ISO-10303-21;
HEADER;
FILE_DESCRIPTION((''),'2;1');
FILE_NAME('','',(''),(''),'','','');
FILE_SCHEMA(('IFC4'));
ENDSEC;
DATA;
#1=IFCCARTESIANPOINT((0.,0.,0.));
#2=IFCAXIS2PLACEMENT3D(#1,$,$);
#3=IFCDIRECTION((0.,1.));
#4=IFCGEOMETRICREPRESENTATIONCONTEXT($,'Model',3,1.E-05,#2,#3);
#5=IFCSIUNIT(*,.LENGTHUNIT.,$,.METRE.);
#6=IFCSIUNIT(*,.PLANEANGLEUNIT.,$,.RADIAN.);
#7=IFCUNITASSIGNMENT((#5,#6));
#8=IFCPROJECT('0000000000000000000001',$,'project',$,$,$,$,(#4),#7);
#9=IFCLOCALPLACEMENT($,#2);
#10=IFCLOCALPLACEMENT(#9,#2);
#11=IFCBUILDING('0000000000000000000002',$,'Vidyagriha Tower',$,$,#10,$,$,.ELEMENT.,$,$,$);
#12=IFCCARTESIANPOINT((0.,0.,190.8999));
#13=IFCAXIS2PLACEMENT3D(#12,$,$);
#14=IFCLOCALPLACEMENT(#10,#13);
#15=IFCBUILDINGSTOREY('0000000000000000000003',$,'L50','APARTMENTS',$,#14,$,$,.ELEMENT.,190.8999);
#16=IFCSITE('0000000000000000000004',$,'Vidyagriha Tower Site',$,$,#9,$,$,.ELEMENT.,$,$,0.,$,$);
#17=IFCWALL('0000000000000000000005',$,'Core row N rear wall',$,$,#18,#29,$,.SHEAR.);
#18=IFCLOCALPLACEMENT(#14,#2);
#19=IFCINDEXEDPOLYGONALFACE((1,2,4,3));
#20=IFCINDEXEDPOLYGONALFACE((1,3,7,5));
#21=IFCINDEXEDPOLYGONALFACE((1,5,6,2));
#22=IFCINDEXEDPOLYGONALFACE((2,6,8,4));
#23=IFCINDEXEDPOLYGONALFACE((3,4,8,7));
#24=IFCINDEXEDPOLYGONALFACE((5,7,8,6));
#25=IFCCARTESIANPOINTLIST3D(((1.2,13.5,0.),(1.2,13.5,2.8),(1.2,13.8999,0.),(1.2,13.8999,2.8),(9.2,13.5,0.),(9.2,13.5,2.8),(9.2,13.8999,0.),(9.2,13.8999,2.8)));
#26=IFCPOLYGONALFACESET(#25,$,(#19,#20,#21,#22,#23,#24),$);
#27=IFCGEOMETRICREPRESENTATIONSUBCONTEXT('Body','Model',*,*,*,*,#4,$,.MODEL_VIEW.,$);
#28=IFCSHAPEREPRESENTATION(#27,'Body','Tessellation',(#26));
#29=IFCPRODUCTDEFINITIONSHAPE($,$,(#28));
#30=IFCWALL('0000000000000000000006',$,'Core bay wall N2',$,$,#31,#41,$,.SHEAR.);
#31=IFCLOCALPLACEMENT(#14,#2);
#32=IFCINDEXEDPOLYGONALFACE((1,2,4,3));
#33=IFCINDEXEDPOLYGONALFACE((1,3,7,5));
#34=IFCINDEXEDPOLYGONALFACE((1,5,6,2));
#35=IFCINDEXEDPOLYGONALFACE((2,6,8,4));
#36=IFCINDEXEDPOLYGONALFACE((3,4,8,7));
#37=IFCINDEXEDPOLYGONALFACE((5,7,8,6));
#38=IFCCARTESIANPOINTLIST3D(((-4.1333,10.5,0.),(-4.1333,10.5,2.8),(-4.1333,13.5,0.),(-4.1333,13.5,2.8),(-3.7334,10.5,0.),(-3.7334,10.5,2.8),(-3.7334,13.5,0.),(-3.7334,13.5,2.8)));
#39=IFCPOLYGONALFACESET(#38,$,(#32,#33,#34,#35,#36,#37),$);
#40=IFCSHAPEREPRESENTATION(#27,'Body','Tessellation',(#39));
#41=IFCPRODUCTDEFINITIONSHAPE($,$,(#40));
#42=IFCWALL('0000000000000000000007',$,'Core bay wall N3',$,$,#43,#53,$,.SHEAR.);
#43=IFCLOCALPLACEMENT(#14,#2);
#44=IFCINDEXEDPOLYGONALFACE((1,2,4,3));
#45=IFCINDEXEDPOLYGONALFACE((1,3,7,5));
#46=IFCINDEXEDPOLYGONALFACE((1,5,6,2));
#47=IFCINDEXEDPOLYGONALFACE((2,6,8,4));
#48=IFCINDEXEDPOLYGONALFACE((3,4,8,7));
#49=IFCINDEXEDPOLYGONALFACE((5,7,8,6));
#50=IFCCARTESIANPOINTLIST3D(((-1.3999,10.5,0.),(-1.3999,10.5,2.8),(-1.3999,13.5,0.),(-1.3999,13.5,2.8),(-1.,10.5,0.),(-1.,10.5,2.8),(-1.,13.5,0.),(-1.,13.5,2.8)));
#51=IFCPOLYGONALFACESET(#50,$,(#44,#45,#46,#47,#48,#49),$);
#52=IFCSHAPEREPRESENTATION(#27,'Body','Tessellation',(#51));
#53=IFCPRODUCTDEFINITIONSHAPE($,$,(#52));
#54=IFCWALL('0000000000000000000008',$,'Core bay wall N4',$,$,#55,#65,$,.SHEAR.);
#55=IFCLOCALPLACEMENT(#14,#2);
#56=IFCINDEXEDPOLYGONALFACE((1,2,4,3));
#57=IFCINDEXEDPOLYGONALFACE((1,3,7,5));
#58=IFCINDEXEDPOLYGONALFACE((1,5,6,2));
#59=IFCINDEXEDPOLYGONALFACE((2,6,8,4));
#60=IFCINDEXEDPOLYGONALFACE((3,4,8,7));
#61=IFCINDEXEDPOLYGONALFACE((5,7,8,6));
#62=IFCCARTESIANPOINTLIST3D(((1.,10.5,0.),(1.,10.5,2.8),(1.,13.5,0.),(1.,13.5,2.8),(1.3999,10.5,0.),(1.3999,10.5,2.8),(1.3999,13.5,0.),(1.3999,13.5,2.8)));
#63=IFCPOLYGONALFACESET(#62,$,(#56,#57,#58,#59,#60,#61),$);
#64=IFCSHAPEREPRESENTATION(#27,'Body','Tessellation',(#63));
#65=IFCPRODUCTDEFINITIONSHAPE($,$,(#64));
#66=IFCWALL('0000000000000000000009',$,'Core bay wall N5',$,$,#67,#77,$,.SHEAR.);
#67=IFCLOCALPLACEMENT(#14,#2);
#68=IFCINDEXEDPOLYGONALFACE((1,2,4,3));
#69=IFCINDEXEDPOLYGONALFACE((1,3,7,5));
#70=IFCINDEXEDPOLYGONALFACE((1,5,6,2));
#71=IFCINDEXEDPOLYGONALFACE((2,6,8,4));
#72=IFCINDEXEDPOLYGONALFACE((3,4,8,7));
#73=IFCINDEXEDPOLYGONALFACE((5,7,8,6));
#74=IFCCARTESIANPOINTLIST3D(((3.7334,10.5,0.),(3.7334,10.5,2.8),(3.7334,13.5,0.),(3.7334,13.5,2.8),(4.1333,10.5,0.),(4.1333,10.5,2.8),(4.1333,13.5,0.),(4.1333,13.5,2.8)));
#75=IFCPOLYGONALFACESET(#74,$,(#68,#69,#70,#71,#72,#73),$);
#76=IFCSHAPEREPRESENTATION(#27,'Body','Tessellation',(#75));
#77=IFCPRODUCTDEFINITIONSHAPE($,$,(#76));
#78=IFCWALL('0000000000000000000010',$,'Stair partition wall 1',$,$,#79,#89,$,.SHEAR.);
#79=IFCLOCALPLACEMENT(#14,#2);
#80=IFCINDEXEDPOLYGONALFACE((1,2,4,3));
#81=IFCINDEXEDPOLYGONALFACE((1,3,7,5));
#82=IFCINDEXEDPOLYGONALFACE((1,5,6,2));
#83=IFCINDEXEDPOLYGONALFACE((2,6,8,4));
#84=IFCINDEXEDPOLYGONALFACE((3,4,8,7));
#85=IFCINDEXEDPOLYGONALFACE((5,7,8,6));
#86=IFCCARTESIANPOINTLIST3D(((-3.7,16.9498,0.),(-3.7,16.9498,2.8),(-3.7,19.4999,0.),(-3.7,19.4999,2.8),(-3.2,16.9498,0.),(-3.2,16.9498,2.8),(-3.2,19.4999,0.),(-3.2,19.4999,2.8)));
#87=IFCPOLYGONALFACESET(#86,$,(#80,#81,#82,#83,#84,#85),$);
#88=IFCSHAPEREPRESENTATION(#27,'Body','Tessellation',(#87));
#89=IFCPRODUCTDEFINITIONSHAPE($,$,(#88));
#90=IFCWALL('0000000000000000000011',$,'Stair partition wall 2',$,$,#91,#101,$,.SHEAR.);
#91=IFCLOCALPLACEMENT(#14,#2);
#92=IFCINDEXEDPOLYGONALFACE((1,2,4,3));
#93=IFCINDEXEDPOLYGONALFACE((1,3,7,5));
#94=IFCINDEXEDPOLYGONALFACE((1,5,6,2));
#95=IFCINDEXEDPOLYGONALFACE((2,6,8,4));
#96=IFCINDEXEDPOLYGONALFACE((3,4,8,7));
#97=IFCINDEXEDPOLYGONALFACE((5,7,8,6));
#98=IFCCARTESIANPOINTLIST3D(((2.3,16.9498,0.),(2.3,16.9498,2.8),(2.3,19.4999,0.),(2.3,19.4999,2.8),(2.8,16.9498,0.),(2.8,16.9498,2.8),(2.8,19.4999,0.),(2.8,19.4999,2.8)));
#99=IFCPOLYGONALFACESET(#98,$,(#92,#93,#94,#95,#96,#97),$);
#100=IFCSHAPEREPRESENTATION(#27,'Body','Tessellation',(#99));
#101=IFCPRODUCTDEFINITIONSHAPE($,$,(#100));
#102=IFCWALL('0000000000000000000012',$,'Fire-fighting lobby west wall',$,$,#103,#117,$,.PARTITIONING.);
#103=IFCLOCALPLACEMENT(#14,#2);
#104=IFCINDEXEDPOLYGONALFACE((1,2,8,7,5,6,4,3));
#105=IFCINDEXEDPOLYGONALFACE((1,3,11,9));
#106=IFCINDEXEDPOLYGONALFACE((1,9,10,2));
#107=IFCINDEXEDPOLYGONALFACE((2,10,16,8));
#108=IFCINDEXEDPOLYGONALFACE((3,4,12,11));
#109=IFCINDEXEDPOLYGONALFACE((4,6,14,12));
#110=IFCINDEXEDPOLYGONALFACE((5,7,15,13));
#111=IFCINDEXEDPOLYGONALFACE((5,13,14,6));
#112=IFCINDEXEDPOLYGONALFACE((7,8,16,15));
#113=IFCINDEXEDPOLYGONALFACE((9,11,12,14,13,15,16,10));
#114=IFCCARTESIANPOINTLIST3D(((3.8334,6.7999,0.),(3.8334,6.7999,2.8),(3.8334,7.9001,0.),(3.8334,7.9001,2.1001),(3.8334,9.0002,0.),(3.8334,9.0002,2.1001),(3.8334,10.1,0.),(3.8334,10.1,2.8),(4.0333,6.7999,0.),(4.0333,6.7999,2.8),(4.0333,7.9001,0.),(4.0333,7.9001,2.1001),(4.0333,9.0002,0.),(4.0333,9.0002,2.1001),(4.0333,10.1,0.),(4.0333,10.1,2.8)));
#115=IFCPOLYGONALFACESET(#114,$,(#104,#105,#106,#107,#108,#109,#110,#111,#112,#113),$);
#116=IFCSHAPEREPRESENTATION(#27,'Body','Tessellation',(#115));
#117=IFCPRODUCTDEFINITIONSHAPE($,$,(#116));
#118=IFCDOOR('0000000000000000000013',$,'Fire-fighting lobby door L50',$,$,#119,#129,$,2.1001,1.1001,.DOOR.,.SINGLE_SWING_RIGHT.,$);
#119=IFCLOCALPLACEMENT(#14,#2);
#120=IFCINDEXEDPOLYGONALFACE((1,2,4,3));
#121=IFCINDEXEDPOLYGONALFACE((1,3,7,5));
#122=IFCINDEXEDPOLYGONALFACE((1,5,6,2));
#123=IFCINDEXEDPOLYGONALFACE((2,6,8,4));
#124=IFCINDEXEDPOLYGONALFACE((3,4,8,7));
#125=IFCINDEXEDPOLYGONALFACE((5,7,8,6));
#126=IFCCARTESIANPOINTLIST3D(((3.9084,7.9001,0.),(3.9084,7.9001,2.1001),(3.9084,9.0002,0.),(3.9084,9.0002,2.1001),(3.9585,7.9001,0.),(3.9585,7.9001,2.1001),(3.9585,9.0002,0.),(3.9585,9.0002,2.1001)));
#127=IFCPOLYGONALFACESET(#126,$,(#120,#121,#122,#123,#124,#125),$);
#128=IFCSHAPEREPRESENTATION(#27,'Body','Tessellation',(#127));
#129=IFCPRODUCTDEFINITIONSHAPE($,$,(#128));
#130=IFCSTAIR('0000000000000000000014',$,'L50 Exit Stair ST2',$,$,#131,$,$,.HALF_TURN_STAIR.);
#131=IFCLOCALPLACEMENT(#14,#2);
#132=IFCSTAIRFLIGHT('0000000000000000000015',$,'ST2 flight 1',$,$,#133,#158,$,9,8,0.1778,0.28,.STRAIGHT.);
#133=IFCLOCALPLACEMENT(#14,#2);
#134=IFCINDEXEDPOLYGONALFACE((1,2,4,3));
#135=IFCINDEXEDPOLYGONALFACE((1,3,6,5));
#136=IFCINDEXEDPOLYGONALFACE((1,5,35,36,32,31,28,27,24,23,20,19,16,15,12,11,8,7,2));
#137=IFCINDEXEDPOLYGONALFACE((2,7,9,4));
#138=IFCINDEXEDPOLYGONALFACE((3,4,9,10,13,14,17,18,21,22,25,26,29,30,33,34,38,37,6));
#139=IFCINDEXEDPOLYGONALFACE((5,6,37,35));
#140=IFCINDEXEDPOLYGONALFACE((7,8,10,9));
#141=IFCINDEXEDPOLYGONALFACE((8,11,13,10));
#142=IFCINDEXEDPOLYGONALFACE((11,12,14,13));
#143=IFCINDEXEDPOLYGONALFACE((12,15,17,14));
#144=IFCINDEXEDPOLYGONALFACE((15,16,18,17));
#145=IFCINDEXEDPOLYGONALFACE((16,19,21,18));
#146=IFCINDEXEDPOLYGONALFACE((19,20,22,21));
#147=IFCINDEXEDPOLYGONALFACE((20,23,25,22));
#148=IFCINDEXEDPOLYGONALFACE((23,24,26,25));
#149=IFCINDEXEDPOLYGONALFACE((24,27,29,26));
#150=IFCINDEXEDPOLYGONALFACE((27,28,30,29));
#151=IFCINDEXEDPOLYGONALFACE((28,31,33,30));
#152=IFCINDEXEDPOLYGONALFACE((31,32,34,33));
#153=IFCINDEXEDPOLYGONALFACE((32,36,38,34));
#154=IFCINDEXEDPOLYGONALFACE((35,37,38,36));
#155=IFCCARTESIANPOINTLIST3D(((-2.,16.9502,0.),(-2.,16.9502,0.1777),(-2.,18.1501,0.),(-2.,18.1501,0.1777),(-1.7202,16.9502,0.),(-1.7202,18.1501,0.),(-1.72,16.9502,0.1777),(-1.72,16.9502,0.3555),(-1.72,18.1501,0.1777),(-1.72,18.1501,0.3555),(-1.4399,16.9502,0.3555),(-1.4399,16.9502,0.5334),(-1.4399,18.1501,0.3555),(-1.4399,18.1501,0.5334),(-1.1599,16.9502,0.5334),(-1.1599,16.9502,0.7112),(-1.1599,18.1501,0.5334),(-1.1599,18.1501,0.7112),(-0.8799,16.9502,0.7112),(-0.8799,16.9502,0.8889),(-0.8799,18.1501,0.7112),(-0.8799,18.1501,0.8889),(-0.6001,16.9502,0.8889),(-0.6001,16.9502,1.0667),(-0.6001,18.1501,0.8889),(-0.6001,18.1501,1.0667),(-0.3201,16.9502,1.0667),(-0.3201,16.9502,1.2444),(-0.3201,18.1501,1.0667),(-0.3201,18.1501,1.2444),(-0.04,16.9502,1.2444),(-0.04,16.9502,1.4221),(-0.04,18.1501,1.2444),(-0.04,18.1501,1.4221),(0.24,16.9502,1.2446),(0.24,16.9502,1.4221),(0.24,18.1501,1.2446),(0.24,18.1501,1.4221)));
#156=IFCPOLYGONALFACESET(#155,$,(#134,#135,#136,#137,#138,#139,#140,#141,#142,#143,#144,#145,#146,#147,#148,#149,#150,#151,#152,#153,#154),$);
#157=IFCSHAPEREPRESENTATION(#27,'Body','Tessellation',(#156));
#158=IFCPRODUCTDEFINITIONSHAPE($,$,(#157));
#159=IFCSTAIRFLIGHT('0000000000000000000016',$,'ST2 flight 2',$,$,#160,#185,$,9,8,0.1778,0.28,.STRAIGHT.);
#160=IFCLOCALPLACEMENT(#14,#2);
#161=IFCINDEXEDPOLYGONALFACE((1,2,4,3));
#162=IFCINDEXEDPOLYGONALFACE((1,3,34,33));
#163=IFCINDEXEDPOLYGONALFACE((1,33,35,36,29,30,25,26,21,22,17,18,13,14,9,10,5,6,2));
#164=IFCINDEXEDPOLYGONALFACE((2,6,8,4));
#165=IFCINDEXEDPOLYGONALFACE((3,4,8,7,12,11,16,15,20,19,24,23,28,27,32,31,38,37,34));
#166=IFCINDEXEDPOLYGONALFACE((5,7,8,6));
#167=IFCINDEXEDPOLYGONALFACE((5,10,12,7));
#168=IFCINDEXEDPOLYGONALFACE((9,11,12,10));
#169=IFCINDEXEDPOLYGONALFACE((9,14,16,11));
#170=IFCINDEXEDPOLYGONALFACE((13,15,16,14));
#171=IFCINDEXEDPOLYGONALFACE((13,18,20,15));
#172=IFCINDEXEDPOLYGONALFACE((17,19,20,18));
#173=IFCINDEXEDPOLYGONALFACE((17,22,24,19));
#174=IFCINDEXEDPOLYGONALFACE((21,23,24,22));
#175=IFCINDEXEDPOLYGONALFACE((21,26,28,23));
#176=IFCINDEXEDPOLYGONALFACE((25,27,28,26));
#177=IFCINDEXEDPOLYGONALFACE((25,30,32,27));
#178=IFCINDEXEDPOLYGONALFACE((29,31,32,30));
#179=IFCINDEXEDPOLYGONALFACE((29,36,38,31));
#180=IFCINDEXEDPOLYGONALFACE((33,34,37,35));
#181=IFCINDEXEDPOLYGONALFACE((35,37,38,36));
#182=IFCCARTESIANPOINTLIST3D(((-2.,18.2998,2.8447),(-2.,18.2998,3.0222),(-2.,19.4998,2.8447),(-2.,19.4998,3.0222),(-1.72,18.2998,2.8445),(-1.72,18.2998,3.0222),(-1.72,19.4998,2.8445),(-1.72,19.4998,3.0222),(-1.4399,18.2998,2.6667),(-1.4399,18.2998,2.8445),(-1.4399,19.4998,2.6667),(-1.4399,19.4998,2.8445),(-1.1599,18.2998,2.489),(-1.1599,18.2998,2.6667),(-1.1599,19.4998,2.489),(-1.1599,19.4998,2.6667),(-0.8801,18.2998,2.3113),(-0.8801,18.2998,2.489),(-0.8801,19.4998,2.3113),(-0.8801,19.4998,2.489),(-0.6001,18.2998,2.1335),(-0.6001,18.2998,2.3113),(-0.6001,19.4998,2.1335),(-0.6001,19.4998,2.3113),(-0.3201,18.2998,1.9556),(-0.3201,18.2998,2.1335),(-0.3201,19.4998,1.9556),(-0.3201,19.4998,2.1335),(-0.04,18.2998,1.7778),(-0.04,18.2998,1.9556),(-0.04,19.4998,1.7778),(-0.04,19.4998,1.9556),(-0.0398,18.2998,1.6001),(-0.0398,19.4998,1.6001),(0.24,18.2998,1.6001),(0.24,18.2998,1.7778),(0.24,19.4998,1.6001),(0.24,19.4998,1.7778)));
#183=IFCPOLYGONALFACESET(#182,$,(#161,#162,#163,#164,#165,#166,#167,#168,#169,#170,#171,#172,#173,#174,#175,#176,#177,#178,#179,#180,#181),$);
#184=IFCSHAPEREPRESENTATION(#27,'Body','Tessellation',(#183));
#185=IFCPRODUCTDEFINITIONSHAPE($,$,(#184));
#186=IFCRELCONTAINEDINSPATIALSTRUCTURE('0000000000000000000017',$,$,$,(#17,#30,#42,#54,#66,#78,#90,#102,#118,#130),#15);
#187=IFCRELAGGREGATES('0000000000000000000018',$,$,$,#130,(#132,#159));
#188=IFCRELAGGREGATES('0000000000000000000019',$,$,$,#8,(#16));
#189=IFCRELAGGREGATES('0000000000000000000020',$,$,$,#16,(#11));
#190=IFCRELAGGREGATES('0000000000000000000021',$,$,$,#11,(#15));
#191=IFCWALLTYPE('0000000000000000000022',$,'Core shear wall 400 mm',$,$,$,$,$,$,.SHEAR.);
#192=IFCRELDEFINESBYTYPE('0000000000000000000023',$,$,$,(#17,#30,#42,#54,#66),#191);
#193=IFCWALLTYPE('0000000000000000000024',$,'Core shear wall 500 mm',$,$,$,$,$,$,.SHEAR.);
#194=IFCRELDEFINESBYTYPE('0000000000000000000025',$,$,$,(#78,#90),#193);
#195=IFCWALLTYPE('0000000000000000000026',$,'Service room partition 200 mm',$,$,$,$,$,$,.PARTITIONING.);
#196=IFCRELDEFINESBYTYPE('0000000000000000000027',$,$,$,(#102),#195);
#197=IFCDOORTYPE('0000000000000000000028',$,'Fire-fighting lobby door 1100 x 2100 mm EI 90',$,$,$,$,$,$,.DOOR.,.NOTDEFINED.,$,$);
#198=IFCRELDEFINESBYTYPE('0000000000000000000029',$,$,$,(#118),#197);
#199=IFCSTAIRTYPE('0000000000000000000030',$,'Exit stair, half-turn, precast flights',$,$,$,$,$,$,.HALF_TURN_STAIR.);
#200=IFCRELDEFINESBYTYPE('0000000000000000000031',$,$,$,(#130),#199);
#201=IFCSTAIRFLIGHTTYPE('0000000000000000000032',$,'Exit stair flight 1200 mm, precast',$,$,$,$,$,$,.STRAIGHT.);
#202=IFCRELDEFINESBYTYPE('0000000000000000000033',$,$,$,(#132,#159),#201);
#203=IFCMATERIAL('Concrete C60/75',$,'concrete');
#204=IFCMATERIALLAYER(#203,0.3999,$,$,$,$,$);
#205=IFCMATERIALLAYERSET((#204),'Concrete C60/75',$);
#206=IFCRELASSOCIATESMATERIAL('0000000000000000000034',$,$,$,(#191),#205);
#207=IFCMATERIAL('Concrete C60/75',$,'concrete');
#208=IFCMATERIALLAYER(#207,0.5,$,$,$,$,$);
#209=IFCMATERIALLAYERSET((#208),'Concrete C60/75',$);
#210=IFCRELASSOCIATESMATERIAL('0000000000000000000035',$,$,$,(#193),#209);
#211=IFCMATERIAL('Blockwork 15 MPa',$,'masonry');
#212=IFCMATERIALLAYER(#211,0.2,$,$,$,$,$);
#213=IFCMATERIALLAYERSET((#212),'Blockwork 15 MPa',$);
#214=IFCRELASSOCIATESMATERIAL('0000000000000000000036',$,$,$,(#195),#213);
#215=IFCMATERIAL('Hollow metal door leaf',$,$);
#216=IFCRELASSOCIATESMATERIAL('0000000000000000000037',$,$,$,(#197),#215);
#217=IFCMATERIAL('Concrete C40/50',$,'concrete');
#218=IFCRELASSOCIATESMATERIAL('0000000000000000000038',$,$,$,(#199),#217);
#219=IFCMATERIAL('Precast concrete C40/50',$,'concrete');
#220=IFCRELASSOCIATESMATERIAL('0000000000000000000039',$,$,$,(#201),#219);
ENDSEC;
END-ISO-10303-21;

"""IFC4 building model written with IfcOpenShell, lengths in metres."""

from ifc_helpers import new_model, si_unit, direction, frame, frame_2d, origin, place, context, subcontext, project, spatial, polyline, rectangle, outline, extrude, material, layer, layer_set, type_object, element, fill, aggregate, save


model = new_model("IFC4")

# Units and contexts
model_context = context("Model", 3, precision=1e-05, world=origin(), true_north=direction((0.0, 1.0)))
body_context = subcontext(model_context, "Body", "Model", "MODEL_VIEW")
ifc_project = project(units=[si_unit("LENGTHUNIT", "METRE"), si_unit("PLANEANGLEUNIT", "RADIAN")], contexts=[model_context])

# Site, building, storey
site_placement = place(None, origin())
site = spatial("IfcSite", under=ifc_project, at=site_placement, Name="Vidyagriha Tower Site", CompositionType="ELEMENT", RefElevation=0.0)
building_placement = place(site_placement, origin())
building = spatial("IfcBuilding", under=site, at=building_placement, Name="Vidyagriha Tower", CompositionType="ELEMENT")
storey_placement = place(building_placement, frame((0.0, 0.0, 190.8999)))
storey = spatial("IfcBuildingStorey", under=building, at=storey_placement, Name="L50", Description="APARTMENTS", CompositionType="ELEMENT", Elevation=190.8999)

# Shared definitions
ifc_material_1 = material(Name="Concrete C60/75", Category="concrete")
ifc_layer_1 = layer(ifc_material_1, 0.3999)
ifc_layer_set_1 = layer_set([ifc_layer_1], Name="Concrete C60/75")
wall_type_1 = type_object("IfcWallType", Name="Core shear wall 400 mm", PredefinedType="SHEAR", material=ifc_layer_set_1)

# Walls
wall_1_placement = place(storey_placement, frame((1.2, 13.7, 0.0)))
element("IfcWall", 1, at=wall_1_placement, inside=storey, type_object=wall_type_1, Name="Core row N rear wall", PredefinedType="SHEAR", context=body_context, shape_type="SweptSolid", body=[
    extrude(rectangle(XDim=8.0, YDim=0.3999, at=frame_2d((4.0, 0.0))), origin(), (0.0, 0.0, 1.0), 2.8),
])
for number, where, z_axis, x_axis, name in (
    (2, (-3.9333, 10.5, 0.0), (0.0, 0.0, 1.0), (0.0, 1.0, 0.0), "Core bay wall N2"),
    (3, (-1.2, 10.5, 0.0), (0.0, 0.0, 1.0), (0.0, 1.0, 0.0), "Core bay wall N3"),
    (4, (1.2, 10.5, 0.0), (0.0, 0.0, 1.0), (0.0, 1.0, 0.0), "Core bay wall N4"),
    (5, (3.9333, 10.5, 0.0), (0.0, 0.0, 1.0), (0.0, 1.0, 0.0), "Core bay wall N5"),
):
    element("IfcWall", number, at=place(storey_placement, frame(where, z_axis=z_axis, x_axis=x_axis)), inside=storey, type_object=wall_type_1, Name=name, PredefinedType="SHEAR", context=body_context, shape_type="SweptSolid", body=[
        extrude(rectangle(XDim=3.0, YDim=0.3999, at=frame_2d((1.5, 0.0))), origin(), (0.0, 0.0, 1.0), 2.8),
    ])
ifc_material_2 = material(Name="Concrete C60/75", Category="concrete")
ifc_layer_2 = layer(ifc_material_2, 0.5)
ifc_layer_set_2 = layer_set([ifc_layer_2], Name="Concrete C60/75")
wall_type_2 = type_object("IfcWallType", Name="Core shear wall 500 mm", PredefinedType="SHEAR", material=ifc_layer_set_2)
for number, where, z_axis, x_axis, name in (
    (6, (-3.45, 16.95, 0.0), (0.0, 0.0, 1.0), (0.0, 1.0, 0.0), "Stair partition wall 1"),
    (7, (2.55, 16.95, 0.0), (0.0, 0.0, 1.0), (0.0, 1.0, 0.0), "Stair partition wall 2"),
):
    element("IfcWall", number, at=place(storey_placement, frame(where, z_axis=z_axis, x_axis=x_axis)), inside=storey, type_object=wall_type_2, Name=name, PredefinedType="SHEAR", context=body_context, shape_type="SweptSolid", body=[
        extrude(rectangle(XDim=2.55, YDim=0.5, at=frame_2d((1.2749, 0.0))), origin(), (0.0, 0.0, 1.0), 2.8),
    ])

# Wall, opening, door
ifc_material_3 = material(Name="Blockwork 15 MPa", Category="masonry")
ifc_layer_3 = layer(ifc_material_3, 0.2)
ifc_layer_set_3 = layer_set([ifc_layer_3], Name="Blockwork 15 MPa")
wall_type_3 = type_object("IfcWallType", Name="Service room partition 200 mm", PredefinedType="PARTITIONING", material=ifc_layer_set_3)
wall_2_placement = place(storey_placement, frame((3.9333, 6.8, 0.0), z_axis=(0.0, 0.0, 1.0), x_axis=(0.0, 1.0, 0.0)))
wall_2 = element("IfcWall", 8, at=wall_2_placement, inside=storey, type_object=wall_type_3, Name="Fire-fighting lobby west wall", PredefinedType="PARTITIONING", context=body_context, shape_type="SweptSolid", body=[
    extrude(rectangle(XDim=3.3, YDim=0.2, at=frame_2d((1.6499, 0.0))), origin(), (0.0, 0.0, 1.0), 2.8),
])
opening_1_placement = place(wall_2_placement, frame((1.1001, 0.0, 0.0)))
opening_1 = element("IfcOpeningElement", 9, at=opening_1_placement, cuts=wall_2, PredefinedType="OPENING", context=body_context, shape_type="SweptSolid", body=[
    extrude(rectangle(XDim=1.1001, YDim=2.1001, at=frame_2d((0.55, 1.05))), frame((0.0, 0.1099, 0.0), z_axis=(0.0, -1.0, 0.0), x_axis=(1.0, 0.0, 0.0)), (0.0, 0.0, 1.0), 0.22),
])
ifc_material_4 = material(Name="Hollow metal door leaf")
door_type_1 = type_object("IfcDoorType", Name="Fire-fighting lobby door 1100 x 2100 mm EI 90", OperationType="NOTDEFINED", PredefinedType="DOOR", material=ifc_material_4)
door_1_placement = place(opening_1_placement, origin())
door_1 = element("IfcDoor", 10, at=door_1_placement, inside=storey, type_object=door_type_1, Name="Fire-fighting lobby door L50", OperationType="SINGLE_SWING_RIGHT", OverallHeight=2.1001, OverallWidth=1.1001, PredefinedType="DOOR", context=body_context, shape_type="SweptSolid", body=[
    extrude(rectangle(XDim=1.1001, YDim=2.1001, at=frame_2d((0.55, 1.05))), frame((0.0, 0.0249, 0.0), z_axis=(0.0, -1.0, 0.0), x_axis=(1.0, 0.0, 0.0)), (0.0, 0.0, 1.0), 0.05),
])
fill(opening_1, door_1)

# Stair, stair flights
ifc_material_5 = material(Name="Concrete C40/50", Category="concrete")
stair_type = type_object("IfcStairType", Name="Exit stair, half-turn, precast flights", PredefinedType="HALF_TURN_STAIR", material=ifc_material_5)
stair_placement = place(storey_placement, origin())
stair = element("IfcStair", 11, at=stair_placement, inside=storey, type_object=stair_type, Name="L50 Exit Stair ST2", PredefinedType="HALF_TURN_STAIR")
ifc_material_6 = material(Name="Precast concrete C40/50", Category="concrete")
stair_flight_type = type_object("IfcStairFlightType", Name="Exit stair flight 1200 mm, precast", PredefinedType="STRAIGHT", material=ifc_material_6)
stair_flight_1_placement = place(storey_placement, frame((-2.0, 17.55, 0.0)))
stair_flight_1 = element("IfcStairFlight", 12, at=stair_flight_1_placement, type_object=stair_flight_type, Name="ST2 flight 1", NumberOfRisers=9, NumberOfTreads=8, PredefinedType="STRAIGHT", RiserHeight=0.1778, TreadLength=0.28, context=body_context, shape_type="SweptSolid", body=[
    extrude(outline(polyline([(0.0, 0.0), (0.0, 0.1777), (0.28, 0.1777), (0.28, 0.3555), (0.5601, 0.3555), (0.5601, 0.5334), (0.8401, 0.5334), (0.8401, 0.7112), (1.1201, 0.7112), (1.1201, 0.8889), (1.3999, 0.8889), (1.3999, 1.0667), (1.6799, 1.0667), (1.6799, 1.2444), (1.96, 1.2444), (1.96, 1.4221), (2.24, 1.4221), (2.24, 1.6001), (2.24, 1.2446), (0.2798, 0.0), (0.0, 0.0)])), frame((0.0, 0.6001, 0.0), z_axis=(0.0, -1.0, 0.0), x_axis=(1.0, 0.0, 0.0)), (0.0, 0.0, 1.0), 1.2),
])
stair_flight_2_placement = place(storey_placement, frame((0.24, 18.8999, 1.6001), z_axis=(0.0, 0.0, 1.0), x_axis=(-1.0, 0.0, 0.0)))
stair_flight_2 = element("IfcStairFlight", 13, at=stair_flight_2_placement, type_object=stair_flight_type, Name="ST2 flight 2", NumberOfRisers=9, NumberOfTreads=8, PredefinedType="STRAIGHT", RiserHeight=0.1778, TreadLength=0.28, context=body_context, shape_type="SweptSolid", body=[
    extrude(outline(polyline([(0.0, 0.0), (0.0, 0.1777), (0.28, 0.1777), (0.28, 0.3555), (0.5601, 0.3555), (0.5601, 0.5334), (0.8401, 0.5334), (0.8401, 0.7112), (1.1201, 0.7112), (1.1201, 0.8889), (1.3999, 0.8889), (1.3999, 1.0667), (1.6799, 1.0667), (1.6799, 1.2444), (1.96, 1.2444), (1.96, 1.4221), (2.24, 1.4221), (2.24, 1.6001), (2.24, 1.2446), (0.2798, 0.0), (0.0, 0.0)])), frame((0.0, 0.6001, 0.0), z_axis=(0.0, -1.0, 0.0), x_axis=(1.0, 0.0, 0.0)), (0.0, 0.0, 1.0), 1.2),
])
aggregate(stair, [stair_flight_1, stair_flight_2])

save(model, "model.ifc")
